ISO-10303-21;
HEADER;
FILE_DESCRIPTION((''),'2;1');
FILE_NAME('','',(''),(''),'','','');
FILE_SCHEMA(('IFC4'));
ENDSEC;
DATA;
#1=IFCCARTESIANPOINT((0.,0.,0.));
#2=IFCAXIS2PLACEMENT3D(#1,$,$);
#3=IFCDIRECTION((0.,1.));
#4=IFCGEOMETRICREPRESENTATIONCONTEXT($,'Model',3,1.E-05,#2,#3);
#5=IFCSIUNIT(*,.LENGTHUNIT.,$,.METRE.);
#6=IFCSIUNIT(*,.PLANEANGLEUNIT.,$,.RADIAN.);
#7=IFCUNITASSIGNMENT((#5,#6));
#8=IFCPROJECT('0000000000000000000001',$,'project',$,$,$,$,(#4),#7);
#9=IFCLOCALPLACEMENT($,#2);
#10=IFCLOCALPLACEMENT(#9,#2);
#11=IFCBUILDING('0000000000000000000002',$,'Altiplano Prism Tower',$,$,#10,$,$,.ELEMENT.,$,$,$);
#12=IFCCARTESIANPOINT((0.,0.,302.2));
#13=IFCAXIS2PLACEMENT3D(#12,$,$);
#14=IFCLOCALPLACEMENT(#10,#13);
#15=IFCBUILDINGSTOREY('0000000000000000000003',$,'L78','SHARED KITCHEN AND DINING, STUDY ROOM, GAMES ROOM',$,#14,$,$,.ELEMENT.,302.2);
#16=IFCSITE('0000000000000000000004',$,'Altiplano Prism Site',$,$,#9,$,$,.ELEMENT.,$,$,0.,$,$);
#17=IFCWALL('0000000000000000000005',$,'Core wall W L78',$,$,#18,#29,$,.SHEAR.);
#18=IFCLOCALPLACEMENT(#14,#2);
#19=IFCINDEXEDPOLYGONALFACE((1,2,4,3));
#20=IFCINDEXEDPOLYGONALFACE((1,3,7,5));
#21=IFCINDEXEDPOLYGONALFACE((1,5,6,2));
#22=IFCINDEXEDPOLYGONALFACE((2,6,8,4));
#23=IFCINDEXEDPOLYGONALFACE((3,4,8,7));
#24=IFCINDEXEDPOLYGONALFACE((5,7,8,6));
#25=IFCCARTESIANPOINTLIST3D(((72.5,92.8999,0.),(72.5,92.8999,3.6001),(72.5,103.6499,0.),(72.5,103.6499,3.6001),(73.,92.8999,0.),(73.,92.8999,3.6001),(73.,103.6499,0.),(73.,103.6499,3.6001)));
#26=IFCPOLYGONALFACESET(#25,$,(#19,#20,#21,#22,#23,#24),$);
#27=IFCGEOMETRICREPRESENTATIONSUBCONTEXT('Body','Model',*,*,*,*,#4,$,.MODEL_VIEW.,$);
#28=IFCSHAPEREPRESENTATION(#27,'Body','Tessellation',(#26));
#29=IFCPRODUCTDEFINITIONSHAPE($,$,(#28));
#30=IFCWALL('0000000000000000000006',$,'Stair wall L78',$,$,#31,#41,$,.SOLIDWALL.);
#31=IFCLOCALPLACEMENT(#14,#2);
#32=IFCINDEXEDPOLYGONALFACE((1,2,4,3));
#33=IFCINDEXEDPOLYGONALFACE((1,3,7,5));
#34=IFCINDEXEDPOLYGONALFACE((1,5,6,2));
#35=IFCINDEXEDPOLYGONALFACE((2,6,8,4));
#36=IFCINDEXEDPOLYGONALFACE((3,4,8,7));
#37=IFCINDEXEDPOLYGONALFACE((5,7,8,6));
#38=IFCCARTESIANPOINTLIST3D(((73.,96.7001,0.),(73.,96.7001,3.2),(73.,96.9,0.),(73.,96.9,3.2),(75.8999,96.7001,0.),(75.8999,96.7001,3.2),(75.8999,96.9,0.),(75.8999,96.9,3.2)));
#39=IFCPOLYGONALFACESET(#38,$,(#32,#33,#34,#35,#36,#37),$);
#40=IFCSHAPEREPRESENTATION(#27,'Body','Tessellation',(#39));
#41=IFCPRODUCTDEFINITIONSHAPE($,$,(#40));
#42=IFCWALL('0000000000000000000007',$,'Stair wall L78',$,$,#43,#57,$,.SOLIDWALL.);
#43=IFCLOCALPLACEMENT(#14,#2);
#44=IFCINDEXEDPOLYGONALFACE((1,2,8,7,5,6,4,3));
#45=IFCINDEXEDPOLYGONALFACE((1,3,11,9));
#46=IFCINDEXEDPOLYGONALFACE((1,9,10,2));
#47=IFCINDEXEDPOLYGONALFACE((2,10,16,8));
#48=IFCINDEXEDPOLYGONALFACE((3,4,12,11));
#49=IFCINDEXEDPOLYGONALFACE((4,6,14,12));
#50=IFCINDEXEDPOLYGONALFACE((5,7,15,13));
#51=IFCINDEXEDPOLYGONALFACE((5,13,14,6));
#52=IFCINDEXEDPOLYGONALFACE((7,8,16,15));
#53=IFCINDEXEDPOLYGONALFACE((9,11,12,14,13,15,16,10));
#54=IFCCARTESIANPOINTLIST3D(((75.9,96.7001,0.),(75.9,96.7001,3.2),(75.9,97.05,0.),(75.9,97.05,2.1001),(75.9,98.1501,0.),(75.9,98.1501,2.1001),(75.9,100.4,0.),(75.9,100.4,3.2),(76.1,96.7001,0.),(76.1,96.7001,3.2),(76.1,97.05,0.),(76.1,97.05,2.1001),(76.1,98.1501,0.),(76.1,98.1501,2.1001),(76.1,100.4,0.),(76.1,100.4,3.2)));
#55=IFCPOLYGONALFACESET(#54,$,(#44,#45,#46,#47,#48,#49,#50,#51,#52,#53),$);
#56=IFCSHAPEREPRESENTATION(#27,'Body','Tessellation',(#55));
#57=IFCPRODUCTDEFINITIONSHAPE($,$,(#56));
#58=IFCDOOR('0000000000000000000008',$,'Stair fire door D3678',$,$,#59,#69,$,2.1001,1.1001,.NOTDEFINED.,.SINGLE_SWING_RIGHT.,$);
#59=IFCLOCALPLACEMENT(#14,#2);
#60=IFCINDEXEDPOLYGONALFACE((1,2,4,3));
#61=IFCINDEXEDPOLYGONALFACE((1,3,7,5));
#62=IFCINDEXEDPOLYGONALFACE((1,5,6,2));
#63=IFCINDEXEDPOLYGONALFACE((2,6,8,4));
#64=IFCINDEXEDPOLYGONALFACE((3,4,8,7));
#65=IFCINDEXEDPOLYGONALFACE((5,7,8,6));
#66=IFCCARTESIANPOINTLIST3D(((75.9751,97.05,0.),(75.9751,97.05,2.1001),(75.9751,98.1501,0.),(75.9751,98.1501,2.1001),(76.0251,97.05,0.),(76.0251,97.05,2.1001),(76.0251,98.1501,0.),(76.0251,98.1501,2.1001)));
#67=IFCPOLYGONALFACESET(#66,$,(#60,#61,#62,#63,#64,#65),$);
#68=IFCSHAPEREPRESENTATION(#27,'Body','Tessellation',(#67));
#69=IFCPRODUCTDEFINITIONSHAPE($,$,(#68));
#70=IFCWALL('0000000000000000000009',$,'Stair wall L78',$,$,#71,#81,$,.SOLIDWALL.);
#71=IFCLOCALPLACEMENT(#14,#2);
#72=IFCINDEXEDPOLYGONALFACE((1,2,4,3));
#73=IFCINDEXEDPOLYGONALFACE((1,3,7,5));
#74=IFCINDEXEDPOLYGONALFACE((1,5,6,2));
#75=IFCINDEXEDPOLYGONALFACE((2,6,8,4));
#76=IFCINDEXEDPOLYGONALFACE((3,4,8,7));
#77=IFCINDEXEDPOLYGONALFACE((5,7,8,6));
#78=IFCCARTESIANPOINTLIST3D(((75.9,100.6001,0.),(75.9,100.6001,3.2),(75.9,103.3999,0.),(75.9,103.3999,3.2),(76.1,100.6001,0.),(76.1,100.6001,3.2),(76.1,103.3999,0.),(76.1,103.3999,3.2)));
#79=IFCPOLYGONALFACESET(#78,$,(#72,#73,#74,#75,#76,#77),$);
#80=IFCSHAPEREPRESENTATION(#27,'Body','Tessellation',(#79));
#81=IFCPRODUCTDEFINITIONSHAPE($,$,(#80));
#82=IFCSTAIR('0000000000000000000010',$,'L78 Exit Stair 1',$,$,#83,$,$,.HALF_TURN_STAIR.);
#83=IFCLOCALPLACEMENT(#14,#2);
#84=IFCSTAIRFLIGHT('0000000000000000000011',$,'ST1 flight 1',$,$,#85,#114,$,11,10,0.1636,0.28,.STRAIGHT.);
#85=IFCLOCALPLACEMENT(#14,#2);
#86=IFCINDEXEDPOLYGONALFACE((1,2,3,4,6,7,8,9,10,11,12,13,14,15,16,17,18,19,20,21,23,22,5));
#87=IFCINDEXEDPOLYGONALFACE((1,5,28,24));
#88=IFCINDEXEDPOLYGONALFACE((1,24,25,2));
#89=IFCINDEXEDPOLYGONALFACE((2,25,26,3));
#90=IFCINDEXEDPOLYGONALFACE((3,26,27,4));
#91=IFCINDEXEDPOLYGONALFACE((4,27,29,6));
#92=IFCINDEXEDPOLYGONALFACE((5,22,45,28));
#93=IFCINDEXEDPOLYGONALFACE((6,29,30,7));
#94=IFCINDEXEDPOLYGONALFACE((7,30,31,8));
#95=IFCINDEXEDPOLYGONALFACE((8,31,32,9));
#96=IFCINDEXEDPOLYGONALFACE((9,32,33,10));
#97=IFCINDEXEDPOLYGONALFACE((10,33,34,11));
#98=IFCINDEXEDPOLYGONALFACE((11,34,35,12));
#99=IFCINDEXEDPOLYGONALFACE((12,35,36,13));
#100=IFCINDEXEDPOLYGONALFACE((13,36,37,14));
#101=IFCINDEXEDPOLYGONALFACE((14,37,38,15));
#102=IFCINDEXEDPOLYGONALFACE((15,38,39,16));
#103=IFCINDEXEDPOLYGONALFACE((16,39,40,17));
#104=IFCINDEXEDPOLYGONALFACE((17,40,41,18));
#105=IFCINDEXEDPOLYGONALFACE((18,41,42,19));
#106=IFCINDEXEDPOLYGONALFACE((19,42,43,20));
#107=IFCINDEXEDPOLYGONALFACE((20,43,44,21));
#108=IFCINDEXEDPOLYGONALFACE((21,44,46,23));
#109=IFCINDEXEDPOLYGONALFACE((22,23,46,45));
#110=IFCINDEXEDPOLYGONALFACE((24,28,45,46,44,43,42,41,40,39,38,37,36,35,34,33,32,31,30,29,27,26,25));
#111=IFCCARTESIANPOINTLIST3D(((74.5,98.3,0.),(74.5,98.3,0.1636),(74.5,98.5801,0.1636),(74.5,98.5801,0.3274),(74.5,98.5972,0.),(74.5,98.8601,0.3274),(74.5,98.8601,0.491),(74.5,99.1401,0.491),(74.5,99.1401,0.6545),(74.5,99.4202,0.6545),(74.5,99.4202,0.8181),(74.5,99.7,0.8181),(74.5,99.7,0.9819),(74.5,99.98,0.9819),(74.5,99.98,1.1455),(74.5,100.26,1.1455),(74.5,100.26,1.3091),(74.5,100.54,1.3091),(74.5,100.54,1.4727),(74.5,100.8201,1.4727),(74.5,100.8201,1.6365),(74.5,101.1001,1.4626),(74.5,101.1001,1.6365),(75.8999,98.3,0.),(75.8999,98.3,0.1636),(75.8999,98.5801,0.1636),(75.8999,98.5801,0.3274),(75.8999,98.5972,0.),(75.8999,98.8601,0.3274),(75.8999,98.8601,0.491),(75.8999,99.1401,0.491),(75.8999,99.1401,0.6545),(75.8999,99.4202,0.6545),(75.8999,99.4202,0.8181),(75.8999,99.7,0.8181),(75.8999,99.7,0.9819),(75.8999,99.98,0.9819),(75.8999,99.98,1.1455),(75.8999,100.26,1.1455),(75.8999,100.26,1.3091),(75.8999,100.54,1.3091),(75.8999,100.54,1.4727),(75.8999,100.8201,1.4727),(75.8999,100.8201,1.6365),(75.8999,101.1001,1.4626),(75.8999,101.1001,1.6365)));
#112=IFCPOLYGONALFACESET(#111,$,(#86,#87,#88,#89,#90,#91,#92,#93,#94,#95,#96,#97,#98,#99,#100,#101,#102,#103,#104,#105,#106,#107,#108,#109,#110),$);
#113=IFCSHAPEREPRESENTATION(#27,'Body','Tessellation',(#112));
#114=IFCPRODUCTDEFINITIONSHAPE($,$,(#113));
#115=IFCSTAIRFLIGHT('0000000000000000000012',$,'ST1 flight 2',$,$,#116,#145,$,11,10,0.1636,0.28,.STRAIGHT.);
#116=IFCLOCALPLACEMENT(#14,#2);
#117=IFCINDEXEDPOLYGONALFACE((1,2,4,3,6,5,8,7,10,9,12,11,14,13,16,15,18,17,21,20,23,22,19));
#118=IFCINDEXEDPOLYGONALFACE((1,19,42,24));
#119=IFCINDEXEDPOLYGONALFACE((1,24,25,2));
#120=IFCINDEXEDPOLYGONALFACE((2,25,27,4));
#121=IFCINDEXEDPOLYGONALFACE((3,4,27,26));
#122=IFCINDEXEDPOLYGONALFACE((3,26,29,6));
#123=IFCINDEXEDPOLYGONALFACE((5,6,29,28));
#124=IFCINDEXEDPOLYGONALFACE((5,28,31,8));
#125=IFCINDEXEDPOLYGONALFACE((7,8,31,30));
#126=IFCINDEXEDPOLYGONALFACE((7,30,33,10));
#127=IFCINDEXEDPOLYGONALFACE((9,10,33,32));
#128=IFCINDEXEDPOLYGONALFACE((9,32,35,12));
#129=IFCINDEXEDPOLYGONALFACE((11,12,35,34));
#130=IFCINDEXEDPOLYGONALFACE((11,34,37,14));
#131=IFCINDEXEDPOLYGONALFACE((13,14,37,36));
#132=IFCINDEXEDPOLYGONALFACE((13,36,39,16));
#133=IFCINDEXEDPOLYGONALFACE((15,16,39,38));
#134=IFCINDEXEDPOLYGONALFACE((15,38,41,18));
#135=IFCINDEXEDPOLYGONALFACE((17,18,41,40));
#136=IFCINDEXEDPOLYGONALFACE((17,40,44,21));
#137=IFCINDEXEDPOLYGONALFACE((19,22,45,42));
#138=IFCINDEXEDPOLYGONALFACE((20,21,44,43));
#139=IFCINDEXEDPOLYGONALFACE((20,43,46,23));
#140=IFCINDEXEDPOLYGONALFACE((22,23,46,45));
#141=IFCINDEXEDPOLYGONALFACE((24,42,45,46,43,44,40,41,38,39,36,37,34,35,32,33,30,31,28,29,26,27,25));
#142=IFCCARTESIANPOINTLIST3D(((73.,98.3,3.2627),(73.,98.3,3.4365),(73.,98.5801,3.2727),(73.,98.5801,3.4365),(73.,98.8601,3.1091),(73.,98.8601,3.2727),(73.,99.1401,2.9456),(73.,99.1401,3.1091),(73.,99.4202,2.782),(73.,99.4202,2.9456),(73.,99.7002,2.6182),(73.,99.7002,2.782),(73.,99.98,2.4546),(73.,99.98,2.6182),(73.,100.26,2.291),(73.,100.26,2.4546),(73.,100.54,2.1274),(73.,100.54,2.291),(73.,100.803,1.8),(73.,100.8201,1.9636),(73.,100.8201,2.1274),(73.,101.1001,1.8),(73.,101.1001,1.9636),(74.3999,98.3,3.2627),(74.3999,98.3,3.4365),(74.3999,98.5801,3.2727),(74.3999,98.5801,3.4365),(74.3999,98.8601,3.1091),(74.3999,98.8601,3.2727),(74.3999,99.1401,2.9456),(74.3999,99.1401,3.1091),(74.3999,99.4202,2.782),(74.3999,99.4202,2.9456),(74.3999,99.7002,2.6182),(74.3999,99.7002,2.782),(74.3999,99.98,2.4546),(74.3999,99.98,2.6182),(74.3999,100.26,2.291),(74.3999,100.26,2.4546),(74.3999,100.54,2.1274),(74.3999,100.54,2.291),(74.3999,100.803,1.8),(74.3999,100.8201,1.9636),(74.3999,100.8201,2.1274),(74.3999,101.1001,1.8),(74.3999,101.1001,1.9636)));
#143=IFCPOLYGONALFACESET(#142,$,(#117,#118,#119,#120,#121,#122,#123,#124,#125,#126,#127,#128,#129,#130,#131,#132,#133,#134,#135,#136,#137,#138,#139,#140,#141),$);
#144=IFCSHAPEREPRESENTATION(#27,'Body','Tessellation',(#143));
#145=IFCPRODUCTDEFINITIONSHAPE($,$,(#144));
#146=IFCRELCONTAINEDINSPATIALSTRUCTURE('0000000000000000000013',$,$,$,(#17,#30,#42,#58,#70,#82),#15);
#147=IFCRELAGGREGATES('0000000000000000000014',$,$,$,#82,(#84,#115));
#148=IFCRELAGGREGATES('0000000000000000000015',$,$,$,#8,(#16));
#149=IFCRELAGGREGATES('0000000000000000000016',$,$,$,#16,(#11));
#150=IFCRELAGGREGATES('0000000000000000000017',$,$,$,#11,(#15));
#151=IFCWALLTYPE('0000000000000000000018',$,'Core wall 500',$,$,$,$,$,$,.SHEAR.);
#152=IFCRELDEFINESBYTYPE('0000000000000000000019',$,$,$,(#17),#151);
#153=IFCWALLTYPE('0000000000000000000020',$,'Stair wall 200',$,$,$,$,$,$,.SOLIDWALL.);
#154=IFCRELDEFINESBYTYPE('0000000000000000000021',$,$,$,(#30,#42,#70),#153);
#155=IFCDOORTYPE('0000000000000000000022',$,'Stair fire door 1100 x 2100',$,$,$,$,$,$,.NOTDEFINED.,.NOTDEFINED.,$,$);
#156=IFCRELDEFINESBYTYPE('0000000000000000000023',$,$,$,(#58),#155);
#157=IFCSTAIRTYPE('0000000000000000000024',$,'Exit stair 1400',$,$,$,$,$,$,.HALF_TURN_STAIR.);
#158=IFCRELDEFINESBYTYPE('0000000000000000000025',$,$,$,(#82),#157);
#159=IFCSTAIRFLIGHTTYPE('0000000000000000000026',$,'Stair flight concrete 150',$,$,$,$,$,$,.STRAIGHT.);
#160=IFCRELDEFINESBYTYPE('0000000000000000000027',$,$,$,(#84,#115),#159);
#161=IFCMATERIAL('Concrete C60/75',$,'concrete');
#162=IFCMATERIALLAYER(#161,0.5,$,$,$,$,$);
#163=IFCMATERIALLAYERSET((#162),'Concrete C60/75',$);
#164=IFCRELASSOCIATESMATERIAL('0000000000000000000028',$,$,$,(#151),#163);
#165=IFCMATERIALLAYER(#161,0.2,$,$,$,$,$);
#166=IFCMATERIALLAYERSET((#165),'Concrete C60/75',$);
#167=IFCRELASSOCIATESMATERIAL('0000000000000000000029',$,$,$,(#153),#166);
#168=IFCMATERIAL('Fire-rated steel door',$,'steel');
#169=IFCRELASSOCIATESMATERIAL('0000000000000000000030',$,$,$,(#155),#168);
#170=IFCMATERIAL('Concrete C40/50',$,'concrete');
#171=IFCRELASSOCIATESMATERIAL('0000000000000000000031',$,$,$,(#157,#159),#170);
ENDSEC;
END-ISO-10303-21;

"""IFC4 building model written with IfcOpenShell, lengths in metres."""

from ifc_helpers import new_model, si_unit, direction, frame, frame_2d, origin, place, context, subcontext, project, spatial, polyline, rectangle, outline, extrude, material, layer, layer_set, type_object, element, fill, aggregate, save


model = new_model("IFC4")

# Units and contexts
model_context = context("Model", 3, precision=1e-05, world=origin(), true_north=direction((0.0, 1.0)))
body_context = subcontext(model_context, "Body", "Model", "MODEL_VIEW")
ifc_project = project(units=[si_unit("LENGTHUNIT", "METRE"), si_unit("PLANEANGLEUNIT", "RADIAN")], contexts=[model_context])

# Site, building, storey
site_placement = place(None, origin())
site = spatial("IfcSite", under=ifc_project, at=site_placement, Name="Altiplano Prism Site", CompositionType="ELEMENT", RefElevation=0.0)
building_placement = place(site_placement, origin())
building = spatial("IfcBuilding", under=site, at=building_placement, Name="Altiplano Prism Tower", CompositionType="ELEMENT")
storey_placement = place(building_placement, frame((0.0, 0.0, 302.2)))
storey = spatial("IfcBuildingStorey", under=building, at=storey_placement, Name="L78", Description="SHARED KITCHEN AND DINING, STUDY ROOM, GAMES ROOM", CompositionType="ELEMENT", Elevation=302.2)

# Walls
ifc_material_1 = material(Name="Concrete C60/75", Category="concrete")
ifc_layer_1 = layer(ifc_material_1, 0.5)
ifc_layer_set_1 = layer_set([ifc_layer_1], Name="Concrete C60/75")
wall_type_1 = type_object("IfcWallType", Name="Core wall 500", PredefinedType="SHEAR", material=ifc_layer_set_1)
wall_1_placement = place(storey_placement, frame((72.75, 103.6499, 0.0), z_axis=(0.0, 0.0, 1.0), x_axis=(0.0, -1.0, 0.0)))
element("IfcWall", 1, at=wall_1_placement, inside=storey, type_object=wall_type_1, Name="Core wall W L78", PredefinedType="SHEAR", context=body_context, shape_type="SweptSolid", body=[
    extrude(rectangle(XDim=10.75, YDim=0.5, at=frame_2d((5.375, 0.0))), origin(), (0.0, 0.0, 1.0), 3.6001),
])
ifc_layer_2 = layer(ifc_material_1, 0.2)
ifc_layer_set_2 = layer_set([ifc_layer_2], Name="Concrete C60/75")
wall_type_2 = type_object("IfcWallType", Name="Stair wall 200", PredefinedType="SOLIDWALL", material=ifc_layer_set_2)
wall_2_placement = place(storey_placement, frame((73.0, 96.8, 0.0), z_axis=(0.0, 0.0, 1.0), x_axis=(1.0, 0.0, 0.0)))
element("IfcWall", 2, at=wall_2_placement, inside=storey, type_object=wall_type_2, Name="Stair wall L78", PredefinedType="SOLIDWALL", context=body_context, shape_type="SweptSolid", body=[
    extrude(rectangle(XDim=2.8999, YDim=0.2, at=frame_2d((1.45, 0.0))), origin(), (0.0, 0.0, 1.0), 3.2),
])

# Wall, opening, door
wall_3_placement = place(storey_placement, frame((76.0, 96.7, 0.0), z_axis=(0.0, 0.0, 1.0), x_axis=(0.0, 1.0, 0.0)))
wall_3 = element("IfcWall", 3, at=wall_3_placement, inside=storey, type_object=wall_type_2, Name="Stair wall L78", PredefinedType="SOLIDWALL", context=body_context, shape_type="SweptSolid", body=[
    extrude(rectangle(XDim=3.7, YDim=0.2, at=frame_2d((1.8501, 0.0))), origin(), (0.0, 0.0, 1.0), 3.2),
])
opening_1_placement = place(wall_3_placement, frame((0.3501, 0.0, 0.0)))
opening_1 = element("IfcOpeningElement", 4, at=opening_1_placement, cuts=wall_3, PredefinedType="OPENING", context=body_context, shape_type="SweptSolid", body=[
    extrude(rectangle(XDim=1.1001, YDim=2.1001, at=frame_2d((0.55, 1.05))), frame((0.0, 0.1104, 0.0), z_axis=(0.0, -1.0, 0.0), x_axis=(1.0, 0.0, 0.0)), (0.0, 0.0, 1.0), 0.2209),
])
ifc_material_2 = material(Name="Fire-rated steel door", Category="steel")
door_type_1 = type_object("IfcDoorType", Name="Stair fire door 1100 x 2100", OperationType="NOTDEFINED", PredefinedType="NOTDEFINED", material=ifc_material_2)
door_1_placement = place(opening_1_placement, origin())
door_1 = element("IfcDoor", 5, at=door_1_placement, inside=storey, type_object=door_type_1, Name="Stair fire door D3678", OperationType="SINGLE_SWING_RIGHT", OverallHeight=2.1001, OverallWidth=1.1001, PredefinedType="NOTDEFINED", context=body_context, shape_type="SweptSolid", body=[
    extrude(rectangle(XDim=1.1001, YDim=2.1001, at=frame_2d((0.55, 1.05))), frame((0.0, 0.0249, 0.0), z_axis=(0.0, -1.0, 0.0), x_axis=(1.0, 0.0, 0.0)), (0.0, 0.0, 1.0), 0.05),
])
fill(opening_1, door_1)

# Wall
wall_4_placement = place(storey_placement, frame((76.0, 100.6001, 0.0), z_axis=(0.0, 0.0, 1.0), x_axis=(0.0, 1.0, 0.0)))
element("IfcWall", 6, at=wall_4_placement, inside=storey, type_object=wall_type_2, Name="Stair wall L78", PredefinedType="SOLIDWALL", context=body_context, shape_type="SweptSolid", body=[
    extrude(rectangle(XDim=2.7998, YDim=0.2, at=frame_2d((1.3999, 0.0))), origin(), (0.0, 0.0, 1.0), 3.2),
])

# Stair, stair flights
ifc_material_3 = material(Name="Concrete C40/50", Category="concrete")
stair_type = type_object("IfcStairType", Name="Exit stair 1400", PredefinedType="HALF_TURN_STAIR", material=ifc_material_3)
stair_placement = place(storey_placement, origin())
stair = element("IfcStair", 7, at=stair_placement, inside=storey, type_object=stair_type, Name="L78 Exit Stair 1", PredefinedType="HALF_TURN_STAIR")
stair_flight_type = type_object("IfcStairFlightType", Name="Stair flight concrete 150", PredefinedType="STRAIGHT", material=ifc_material_3)
stair_flight_1_placement = place(storey_placement, frame((75.2, 98.3, 0.0), z_axis=(0.0, 0.0, 1.0), x_axis=(0.0, 1.0, 0.0)))
stair_flight_1 = element("IfcStairFlight", 8, at=stair_flight_1_placement, type_object=stair_flight_type, Name="ST1 flight 1", NumberOfRisers=11, NumberOfTreads=10, PredefinedType="STRAIGHT", RiserHeight=0.1636, TreadLength=0.28, context=body_context, shape_type="SweptSolid", body=[
    extrude(outline(polyline([(0.0, 0.0), (0.0, 0.1636), (0.28, 0.1636), (0.28, 0.3274), (0.5601, 0.3274), (0.5601, 0.491), (0.8401, 0.491), (0.8401, 0.6545), (1.1201, 0.6545), (1.1201, 0.8181), (1.3999, 0.8181), (1.3999, 0.9819), (1.6799, 0.9819), (1.6799, 1.1455), (1.96, 1.1455), (1.96, 1.3091), (2.24, 1.3091), (2.24, 1.4727), (2.52, 1.4727), (2.52, 1.6365), (2.8, 1.6365), (2.8, 1.8), (2.8, 1.4626), (0.2971, 0.0), (0.0, 0.0)])), frame((0.0, 0.7, 0.0), z_axis=(0.0, -1.0, 0.0), x_axis=(1.0, 0.0, 0.0)), (0.0, 0.0, 1.0), 1.3999),
])
stair_flight_2_placement = place(storey_placement, frame((73.7, 101.1001, 1.8), z_axis=(0.0, 0.0, 1.0), x_axis=(0.0, -1.0, 0.0)))
stair_flight_2 = element("IfcStairFlight", 9, at=stair_flight_2_placement, type_object=stair_flight_type, Name="ST1 flight 2", NumberOfRisers=11, NumberOfTreads=10, PredefinedType="STRAIGHT", RiserHeight=0.1636, TreadLength=0.28, context=body_context, shape_type="SweptSolid", body=[
    extrude(outline(polyline([(0.0, 0.0), (0.0, 0.1636), (0.28, 0.1636), (0.28, 0.3274), (0.5601, 0.3274), (0.5601, 0.491), (0.8401, 0.491), (0.8401, 0.6545), (1.1201, 0.6545), (1.1201, 0.8181), (1.3999, 0.8181), (1.3999, 0.9819), (1.6799, 0.9819), (1.6799, 1.1455), (1.96, 1.1455), (1.96, 1.3091), (2.24, 1.3091), (2.24, 1.4727), (2.52, 1.4727), (2.52, 1.6365), (2.8, 1.6365), (2.8, 1.8), (2.8, 1.4626), (0.2971, 0.0), (0.0, 0.0)])), frame((0.0, 0.7, 0.0), z_axis=(0.0, -1.0, 0.0), x_axis=(1.0, 0.0, 0.0)), (0.0, 0.0, 1.0), 1.3999),
])
aggregate(stair, [stair_flight_1, stair_flight_2])

save(model, "model.ifc")
